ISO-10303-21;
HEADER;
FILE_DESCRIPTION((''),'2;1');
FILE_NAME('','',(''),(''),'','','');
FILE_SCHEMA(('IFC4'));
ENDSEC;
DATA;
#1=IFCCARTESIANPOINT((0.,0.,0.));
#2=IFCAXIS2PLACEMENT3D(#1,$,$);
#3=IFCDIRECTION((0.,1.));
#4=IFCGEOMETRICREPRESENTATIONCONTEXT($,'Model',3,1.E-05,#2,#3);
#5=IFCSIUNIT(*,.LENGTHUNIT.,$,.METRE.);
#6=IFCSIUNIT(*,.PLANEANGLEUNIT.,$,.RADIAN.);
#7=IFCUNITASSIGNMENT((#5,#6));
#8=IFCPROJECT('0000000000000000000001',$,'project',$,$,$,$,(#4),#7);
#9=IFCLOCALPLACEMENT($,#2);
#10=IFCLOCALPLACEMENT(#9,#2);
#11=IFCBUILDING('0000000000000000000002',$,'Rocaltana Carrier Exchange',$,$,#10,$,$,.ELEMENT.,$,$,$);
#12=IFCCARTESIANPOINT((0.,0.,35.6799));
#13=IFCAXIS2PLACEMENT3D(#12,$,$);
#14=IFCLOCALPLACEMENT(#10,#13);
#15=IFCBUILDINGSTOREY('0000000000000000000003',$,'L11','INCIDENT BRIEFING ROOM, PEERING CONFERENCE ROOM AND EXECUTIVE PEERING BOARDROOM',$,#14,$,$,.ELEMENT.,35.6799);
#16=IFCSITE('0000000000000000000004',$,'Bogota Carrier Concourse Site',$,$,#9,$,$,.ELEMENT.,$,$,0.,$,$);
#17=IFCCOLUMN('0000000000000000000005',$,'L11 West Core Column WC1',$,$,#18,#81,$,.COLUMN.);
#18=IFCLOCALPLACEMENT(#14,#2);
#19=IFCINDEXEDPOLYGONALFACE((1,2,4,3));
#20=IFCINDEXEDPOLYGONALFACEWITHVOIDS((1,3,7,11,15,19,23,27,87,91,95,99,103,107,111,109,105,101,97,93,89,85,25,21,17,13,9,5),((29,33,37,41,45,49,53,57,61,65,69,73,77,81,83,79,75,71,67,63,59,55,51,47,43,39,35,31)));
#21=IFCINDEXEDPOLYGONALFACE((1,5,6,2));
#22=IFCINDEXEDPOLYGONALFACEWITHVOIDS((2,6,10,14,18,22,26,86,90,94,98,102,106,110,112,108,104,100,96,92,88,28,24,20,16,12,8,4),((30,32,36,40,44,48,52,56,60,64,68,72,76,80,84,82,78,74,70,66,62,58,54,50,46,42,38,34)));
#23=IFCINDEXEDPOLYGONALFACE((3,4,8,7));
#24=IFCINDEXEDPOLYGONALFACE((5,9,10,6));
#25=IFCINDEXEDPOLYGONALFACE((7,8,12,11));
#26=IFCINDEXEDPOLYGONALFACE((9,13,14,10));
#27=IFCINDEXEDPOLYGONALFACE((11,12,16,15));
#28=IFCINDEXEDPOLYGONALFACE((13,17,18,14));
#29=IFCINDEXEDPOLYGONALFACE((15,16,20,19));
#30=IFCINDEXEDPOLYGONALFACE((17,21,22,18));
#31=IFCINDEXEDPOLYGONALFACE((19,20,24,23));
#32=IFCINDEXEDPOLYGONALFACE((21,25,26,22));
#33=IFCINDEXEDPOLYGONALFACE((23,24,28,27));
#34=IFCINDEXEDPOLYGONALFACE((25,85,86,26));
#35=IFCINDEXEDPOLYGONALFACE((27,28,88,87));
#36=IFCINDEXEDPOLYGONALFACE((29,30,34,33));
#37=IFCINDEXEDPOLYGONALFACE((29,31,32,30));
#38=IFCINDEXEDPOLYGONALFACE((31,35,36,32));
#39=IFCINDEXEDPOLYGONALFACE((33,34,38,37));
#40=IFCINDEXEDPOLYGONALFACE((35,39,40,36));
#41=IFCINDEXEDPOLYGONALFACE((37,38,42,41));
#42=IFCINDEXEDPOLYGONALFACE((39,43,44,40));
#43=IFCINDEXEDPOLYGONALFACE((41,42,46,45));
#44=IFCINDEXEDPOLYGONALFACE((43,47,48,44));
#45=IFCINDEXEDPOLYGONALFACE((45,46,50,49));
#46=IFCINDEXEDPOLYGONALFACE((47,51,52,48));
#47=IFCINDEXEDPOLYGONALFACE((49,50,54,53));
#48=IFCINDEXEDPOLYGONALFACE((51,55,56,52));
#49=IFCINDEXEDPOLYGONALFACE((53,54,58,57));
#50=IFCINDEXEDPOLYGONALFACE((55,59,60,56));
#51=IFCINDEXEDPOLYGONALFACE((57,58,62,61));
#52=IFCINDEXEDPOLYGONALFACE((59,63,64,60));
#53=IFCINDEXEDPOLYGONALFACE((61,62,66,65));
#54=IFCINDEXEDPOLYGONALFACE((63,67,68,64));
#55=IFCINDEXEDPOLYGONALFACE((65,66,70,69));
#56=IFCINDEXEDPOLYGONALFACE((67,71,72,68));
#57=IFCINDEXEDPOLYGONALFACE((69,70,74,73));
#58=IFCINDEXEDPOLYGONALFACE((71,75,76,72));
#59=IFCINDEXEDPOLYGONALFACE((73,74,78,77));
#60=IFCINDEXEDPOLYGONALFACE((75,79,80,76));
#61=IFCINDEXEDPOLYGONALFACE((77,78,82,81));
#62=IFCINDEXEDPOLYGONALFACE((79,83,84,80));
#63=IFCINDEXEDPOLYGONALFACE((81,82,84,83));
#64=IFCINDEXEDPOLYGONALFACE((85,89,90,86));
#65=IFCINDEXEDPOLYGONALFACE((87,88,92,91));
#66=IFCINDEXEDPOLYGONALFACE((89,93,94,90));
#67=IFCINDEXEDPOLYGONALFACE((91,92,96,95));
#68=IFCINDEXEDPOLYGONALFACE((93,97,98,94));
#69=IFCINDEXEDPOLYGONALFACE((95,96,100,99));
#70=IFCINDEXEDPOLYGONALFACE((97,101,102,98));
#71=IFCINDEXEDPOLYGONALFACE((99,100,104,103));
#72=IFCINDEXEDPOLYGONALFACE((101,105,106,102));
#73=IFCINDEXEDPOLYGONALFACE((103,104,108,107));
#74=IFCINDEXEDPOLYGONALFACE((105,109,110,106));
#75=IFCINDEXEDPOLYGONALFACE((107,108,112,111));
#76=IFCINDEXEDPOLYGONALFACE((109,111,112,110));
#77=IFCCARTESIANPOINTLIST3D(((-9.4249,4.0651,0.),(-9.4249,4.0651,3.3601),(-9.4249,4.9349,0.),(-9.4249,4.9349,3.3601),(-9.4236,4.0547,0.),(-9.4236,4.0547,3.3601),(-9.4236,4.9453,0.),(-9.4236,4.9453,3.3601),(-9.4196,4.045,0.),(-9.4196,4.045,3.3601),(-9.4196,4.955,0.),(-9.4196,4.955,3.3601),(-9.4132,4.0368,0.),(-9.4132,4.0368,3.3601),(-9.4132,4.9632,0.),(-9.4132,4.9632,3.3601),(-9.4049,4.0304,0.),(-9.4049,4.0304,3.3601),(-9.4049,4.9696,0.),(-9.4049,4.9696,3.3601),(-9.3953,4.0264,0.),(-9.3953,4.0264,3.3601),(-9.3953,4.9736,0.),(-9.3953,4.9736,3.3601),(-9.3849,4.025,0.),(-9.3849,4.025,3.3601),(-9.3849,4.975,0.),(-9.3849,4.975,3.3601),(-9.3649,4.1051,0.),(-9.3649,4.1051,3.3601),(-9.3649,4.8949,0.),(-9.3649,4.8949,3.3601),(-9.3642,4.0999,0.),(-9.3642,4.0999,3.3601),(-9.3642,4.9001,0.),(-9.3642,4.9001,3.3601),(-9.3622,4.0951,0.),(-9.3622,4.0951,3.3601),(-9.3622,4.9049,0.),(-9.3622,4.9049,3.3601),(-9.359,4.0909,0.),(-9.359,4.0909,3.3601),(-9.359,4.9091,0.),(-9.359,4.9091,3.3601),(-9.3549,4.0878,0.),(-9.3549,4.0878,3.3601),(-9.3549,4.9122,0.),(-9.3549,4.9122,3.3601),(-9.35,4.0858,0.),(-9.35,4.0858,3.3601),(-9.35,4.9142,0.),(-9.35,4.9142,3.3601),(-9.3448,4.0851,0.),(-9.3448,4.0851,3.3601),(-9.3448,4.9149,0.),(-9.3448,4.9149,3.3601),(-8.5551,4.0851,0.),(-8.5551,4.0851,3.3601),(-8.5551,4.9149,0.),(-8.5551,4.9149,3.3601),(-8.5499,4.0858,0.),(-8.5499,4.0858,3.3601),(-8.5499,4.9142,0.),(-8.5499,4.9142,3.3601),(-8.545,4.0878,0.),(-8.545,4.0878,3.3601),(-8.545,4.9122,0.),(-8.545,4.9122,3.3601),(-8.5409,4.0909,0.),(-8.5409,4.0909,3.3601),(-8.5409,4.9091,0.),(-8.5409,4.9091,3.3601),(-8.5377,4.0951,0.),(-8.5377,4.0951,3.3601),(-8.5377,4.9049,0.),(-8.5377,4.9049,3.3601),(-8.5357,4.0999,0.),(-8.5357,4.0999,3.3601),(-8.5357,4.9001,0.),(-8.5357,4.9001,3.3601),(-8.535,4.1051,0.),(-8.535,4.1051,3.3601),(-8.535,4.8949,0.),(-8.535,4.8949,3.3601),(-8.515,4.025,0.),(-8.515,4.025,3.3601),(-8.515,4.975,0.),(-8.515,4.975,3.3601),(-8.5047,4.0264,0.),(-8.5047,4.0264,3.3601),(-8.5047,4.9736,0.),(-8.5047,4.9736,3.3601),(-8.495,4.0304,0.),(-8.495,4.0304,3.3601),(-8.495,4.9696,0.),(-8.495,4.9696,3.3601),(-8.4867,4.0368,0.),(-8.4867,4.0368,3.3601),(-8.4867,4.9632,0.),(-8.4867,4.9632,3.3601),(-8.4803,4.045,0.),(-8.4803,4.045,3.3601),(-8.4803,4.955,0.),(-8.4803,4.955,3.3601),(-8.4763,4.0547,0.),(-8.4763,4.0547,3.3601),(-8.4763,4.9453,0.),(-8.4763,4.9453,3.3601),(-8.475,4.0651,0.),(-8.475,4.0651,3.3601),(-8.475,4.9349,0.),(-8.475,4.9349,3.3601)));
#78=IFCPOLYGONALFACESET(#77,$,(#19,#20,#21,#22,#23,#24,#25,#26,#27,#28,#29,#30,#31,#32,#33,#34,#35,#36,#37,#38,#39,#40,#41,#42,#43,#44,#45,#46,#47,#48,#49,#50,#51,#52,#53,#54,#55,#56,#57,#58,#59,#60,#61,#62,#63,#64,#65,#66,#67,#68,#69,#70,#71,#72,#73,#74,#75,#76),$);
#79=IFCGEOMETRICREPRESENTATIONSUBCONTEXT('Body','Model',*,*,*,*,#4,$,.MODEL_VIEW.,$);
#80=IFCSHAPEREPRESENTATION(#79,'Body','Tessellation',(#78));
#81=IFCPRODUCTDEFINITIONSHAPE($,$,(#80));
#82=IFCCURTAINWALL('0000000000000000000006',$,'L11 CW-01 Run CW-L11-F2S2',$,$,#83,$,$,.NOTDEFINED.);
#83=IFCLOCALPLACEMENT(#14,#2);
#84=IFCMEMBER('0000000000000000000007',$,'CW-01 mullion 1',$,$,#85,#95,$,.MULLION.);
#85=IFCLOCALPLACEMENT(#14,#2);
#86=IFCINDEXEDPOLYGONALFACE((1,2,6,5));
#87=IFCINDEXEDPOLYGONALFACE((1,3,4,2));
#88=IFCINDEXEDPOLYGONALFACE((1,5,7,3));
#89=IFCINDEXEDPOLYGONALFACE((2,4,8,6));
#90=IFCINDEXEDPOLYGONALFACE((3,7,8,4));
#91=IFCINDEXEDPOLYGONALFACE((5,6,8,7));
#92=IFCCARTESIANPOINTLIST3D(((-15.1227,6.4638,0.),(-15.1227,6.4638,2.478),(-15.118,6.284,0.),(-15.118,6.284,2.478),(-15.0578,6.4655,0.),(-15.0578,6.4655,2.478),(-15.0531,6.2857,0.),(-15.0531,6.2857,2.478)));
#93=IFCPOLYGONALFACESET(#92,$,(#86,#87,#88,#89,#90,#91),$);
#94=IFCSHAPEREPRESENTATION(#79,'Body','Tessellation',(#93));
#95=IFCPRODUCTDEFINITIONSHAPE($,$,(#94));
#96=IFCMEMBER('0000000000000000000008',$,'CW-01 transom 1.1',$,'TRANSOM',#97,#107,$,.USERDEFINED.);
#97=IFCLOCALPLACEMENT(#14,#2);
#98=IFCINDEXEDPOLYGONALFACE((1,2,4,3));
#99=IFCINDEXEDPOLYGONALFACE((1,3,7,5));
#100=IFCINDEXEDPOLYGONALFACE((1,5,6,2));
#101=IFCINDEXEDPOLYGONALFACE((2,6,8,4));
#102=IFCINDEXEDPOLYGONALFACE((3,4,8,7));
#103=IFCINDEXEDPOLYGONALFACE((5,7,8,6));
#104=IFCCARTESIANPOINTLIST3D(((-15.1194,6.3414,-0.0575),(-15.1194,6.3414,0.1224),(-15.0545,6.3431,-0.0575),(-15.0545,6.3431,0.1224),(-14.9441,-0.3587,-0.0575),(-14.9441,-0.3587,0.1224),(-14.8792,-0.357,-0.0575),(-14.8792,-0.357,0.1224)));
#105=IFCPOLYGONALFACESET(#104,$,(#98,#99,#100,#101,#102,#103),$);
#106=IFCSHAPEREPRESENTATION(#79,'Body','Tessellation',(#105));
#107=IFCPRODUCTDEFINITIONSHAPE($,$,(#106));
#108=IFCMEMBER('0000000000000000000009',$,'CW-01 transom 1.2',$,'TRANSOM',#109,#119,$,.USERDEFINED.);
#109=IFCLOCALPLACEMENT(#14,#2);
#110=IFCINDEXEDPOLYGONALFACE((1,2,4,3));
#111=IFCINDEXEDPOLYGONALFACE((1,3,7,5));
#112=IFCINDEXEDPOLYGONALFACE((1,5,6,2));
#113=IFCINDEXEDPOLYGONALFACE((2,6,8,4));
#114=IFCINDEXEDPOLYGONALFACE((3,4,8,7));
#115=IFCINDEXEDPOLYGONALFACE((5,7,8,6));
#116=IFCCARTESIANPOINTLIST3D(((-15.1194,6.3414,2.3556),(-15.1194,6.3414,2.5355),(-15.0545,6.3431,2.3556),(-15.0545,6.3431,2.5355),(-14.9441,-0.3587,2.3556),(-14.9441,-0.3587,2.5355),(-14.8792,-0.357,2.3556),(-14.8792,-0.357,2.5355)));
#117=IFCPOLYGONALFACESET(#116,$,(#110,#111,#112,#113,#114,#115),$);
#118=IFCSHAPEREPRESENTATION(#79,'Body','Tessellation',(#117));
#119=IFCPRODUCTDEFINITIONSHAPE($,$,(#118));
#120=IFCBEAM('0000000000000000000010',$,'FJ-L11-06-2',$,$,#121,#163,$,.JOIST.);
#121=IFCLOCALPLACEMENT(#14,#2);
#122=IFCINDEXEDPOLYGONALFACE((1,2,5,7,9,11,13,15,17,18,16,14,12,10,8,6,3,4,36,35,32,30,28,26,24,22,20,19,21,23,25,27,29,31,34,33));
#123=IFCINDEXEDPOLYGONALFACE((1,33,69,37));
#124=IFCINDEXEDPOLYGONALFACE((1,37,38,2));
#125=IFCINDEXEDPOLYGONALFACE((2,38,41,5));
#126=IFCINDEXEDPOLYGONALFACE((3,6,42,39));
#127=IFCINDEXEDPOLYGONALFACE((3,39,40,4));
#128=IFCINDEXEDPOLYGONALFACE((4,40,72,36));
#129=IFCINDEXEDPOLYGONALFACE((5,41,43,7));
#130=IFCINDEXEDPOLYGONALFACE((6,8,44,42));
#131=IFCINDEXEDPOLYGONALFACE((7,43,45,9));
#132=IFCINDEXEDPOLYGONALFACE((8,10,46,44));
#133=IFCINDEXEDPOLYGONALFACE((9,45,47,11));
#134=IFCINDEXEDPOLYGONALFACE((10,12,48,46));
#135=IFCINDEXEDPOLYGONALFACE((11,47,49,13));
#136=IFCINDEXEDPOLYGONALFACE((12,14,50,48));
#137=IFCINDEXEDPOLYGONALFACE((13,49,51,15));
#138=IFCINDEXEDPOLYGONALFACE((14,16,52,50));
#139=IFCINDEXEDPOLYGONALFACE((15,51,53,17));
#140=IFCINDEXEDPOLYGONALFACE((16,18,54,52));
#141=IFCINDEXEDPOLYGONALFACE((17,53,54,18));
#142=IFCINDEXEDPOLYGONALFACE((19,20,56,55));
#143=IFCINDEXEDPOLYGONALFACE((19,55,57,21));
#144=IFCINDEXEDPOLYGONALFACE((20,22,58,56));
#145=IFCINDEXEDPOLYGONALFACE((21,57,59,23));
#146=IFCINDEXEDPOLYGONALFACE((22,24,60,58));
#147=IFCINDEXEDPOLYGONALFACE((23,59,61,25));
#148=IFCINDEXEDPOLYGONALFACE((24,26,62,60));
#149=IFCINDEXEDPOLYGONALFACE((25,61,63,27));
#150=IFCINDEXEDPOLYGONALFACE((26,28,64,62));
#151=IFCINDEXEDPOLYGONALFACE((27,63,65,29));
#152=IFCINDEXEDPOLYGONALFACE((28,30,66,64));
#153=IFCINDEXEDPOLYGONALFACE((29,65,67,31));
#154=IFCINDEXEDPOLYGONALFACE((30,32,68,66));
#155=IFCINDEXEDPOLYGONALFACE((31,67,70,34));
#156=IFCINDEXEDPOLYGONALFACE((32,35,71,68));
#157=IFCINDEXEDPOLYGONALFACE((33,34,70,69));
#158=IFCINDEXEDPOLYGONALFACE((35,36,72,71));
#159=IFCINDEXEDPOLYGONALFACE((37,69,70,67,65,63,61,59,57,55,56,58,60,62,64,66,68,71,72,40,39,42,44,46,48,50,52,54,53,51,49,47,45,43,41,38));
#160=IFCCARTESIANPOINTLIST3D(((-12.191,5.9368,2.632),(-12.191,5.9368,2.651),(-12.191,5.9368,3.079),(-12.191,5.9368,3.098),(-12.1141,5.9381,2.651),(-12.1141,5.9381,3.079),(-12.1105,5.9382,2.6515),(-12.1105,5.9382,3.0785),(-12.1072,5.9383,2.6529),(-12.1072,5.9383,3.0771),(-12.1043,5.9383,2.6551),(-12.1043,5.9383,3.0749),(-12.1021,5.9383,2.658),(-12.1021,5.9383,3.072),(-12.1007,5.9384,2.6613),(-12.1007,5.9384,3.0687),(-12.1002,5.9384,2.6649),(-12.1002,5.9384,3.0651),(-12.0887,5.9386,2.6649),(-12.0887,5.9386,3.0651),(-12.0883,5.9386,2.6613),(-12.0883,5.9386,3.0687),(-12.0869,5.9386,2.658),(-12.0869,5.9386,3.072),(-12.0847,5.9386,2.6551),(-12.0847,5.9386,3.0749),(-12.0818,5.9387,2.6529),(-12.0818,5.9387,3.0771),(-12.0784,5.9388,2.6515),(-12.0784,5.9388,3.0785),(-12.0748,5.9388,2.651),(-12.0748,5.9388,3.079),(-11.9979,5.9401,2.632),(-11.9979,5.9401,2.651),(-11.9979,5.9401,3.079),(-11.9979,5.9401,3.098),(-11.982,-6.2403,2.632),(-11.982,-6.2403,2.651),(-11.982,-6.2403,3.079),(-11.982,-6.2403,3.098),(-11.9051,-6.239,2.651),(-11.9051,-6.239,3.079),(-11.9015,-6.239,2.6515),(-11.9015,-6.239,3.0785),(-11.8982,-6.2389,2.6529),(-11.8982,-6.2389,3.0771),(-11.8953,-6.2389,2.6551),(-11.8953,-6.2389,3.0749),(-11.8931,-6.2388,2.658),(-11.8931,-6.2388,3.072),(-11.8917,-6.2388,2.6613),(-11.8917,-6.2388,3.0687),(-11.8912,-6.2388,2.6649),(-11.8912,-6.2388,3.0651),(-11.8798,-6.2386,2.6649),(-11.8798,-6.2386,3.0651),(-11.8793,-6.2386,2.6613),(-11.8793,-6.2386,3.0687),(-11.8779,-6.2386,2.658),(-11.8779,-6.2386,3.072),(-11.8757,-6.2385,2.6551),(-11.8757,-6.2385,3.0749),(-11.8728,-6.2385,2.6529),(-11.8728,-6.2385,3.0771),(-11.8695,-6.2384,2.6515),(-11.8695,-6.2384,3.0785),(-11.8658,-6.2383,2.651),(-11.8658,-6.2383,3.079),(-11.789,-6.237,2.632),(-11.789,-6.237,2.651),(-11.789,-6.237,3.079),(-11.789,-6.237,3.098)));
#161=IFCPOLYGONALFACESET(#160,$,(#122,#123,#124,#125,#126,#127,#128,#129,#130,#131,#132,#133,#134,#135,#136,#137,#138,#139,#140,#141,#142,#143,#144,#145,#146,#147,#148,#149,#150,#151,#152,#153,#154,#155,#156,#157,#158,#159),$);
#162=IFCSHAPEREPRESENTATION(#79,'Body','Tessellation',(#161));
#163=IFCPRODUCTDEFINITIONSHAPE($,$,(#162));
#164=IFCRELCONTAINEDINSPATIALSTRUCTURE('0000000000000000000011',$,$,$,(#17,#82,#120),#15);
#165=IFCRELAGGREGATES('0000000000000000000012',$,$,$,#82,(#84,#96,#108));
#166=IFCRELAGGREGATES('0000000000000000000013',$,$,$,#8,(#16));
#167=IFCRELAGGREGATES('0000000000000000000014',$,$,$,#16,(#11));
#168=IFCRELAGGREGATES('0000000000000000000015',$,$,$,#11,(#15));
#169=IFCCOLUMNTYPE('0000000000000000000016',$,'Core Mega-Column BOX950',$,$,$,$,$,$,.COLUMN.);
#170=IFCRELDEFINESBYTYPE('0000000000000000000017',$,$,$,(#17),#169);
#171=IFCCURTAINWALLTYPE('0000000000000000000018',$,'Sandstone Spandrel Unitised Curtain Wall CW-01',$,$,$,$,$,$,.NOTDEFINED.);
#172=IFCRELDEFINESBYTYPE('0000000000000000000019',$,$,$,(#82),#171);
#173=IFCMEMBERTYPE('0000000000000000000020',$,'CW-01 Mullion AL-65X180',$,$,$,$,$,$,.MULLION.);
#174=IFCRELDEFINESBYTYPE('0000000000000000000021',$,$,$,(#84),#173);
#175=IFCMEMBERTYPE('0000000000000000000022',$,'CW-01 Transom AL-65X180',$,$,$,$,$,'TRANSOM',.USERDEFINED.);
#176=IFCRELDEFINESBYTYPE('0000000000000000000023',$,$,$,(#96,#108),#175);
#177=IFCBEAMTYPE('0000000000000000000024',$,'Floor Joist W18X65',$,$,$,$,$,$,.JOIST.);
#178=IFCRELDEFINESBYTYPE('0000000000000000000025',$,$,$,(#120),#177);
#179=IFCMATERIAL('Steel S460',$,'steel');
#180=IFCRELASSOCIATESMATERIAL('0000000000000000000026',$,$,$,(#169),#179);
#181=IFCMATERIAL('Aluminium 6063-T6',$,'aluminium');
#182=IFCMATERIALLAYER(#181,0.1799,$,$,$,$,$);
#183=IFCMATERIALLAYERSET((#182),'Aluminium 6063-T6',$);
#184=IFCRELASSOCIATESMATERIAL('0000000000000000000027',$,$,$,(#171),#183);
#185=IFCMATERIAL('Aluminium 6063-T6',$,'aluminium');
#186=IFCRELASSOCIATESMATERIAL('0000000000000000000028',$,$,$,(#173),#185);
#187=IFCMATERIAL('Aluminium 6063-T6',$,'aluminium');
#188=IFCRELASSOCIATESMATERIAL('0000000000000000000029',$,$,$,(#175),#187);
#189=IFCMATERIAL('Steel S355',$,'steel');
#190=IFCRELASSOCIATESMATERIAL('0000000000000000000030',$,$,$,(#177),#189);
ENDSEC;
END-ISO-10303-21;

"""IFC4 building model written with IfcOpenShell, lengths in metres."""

from ifc_helpers import new_model, si_unit, direction, frame, origin, origin_2d, place, context, subcontext, project, spatial, rectangle, hollow_rectangle, i_section, extrude, material, layer, layer_set, material_profile, profile_set, type_object, element, aggregate, save


model = new_model("IFC4")

# Units and contexts
model_context = context("Model", 3, precision=1e-05, world=origin(), true_north=direction((0.0, 1.0)))
body_context = subcontext(model_context, "Body", "Model", "MODEL_VIEW")
ifc_project = project(units=[si_unit("LENGTHUNIT", "METRE"), si_unit("PLANEANGLEUNIT", "RADIAN")], contexts=[model_context])

# Site, building, storey
site_placement = place(None, origin())
site = spatial("IfcSite", under=ifc_project, at=site_placement, Name="Bogota Carrier Concourse Site", CompositionType="ELEMENT", RefElevation=0.0)
building_placement = place(site_placement, origin())
building = spatial("IfcBuilding", under=site, at=building_placement, Name="Rocaltana Carrier Exchange", CompositionType="ELEMENT")
storey_placement = place(building_placement, frame((0.0, 0.0, 35.6799)))
storey = spatial("IfcBuildingStorey", under=building, at=storey_placement, Name="L11", Description="INCIDENT BRIEFING ROOM, PEERING CONFERENCE ROOM AND EXECUTIVE PEERING BOARDROOM", CompositionType="ELEMENT", Elevation=35.6799)

# Column
ifc_material_1 = material(Name="Steel S460", Category="steel")
ifc_material_profile_1 = material_profile(ifc_material_1, hollow_rectangle(XDim=0.95, YDim=0.95, WallThickness=0.0601, InnerFilletRadius=0.02, OuterFilletRadius=0.04, at=origin_2d()), Name="BOX950X950X60")
ifc_profile_set_1 = profile_set([ifc_material_profile_1], Name="Steel S460")
column_type = type_object("IfcColumnType", Name="Core Mega-Column BOX950", PredefinedType="COLUMN", material=ifc_profile_set_1)
column_placement = place(storey_placement, frame((-8.95, 4.5, 0.0), z_axis=(0.0, 0.0, 1.0), x_axis=(1.0, 0.0, 0.0)))
element("IfcColumn", 1, at=column_placement, inside=storey, type_object=column_type, Name="L11 West Core Column WC1", PredefinedType="COLUMN", context=body_context, shape_type="SweptSolid", body=[
    extrude(hollow_rectangle(XDim=0.95, YDim=0.95, WallThickness=0.0601, InnerFilletRadius=0.02, OuterFilletRadius=0.04, at=origin_2d()), origin(), (0.0, 0.0, 1.0), 3.3601),
])

# Curtain wall, members
ifc_material_2 = material(Name="Aluminium 6063-T6", Category="aluminium")
ifc_layer_1 = layer(ifc_material_2, 0.1799)
ifc_layer_set_1 = layer_set([ifc_layer_1], Name="Aluminium 6063-T6")
curtain_wall_type = type_object("IfcCurtainWallType", Name="Sandstone Spandrel Unitised Curtain Wall CW-01", PredefinedType="NOTDEFINED", material=ifc_layer_set_1)
curtain_wall_placement = place(storey_placement, origin())
curtain_wall = element("IfcCurtainWall", 2, at=curtain_wall_placement, inside=storey, type_object=curtain_wall_type, Name="L11 CW-01 Run CW-L11-F2S2", PredefinedType="NOTDEFINED")
ifc_material_3 = material(Name="Aluminium 6063-T6", Category="aluminium")
ifc_material_profile_2 = material_profile(ifc_material_3, rectangle(XDim=0.0649, YDim=0.1799, at=origin_2d()), Name="AL-65X180")
ifc_profile_set_2 = profile_set([ifc_material_profile_2], Name="Aluminium 6063-T6")
member_type_1 = type_object("IfcMemberType", Name="CW-01 Mullion AL-65X180", PredefinedType="MULLION", material=ifc_profile_set_2)
member_1_placement = place(storey_placement, frame((-15.0879, 6.3748, 0.0), z_axis=(0.0, 0.0, 1.0), x_axis=(0.999657, 0.026177, 0.0)))
member_1 = element("IfcMember", 3, at=member_1_placement, type_object=member_type_1, Name="CW-01 mullion 1", PredefinedType="MULLION", context=body_context, shape_type="SweptSolid", body=[
    extrude(rectangle(XDim=0.0649, YDim=0.1799, at=origin_2d()), origin(), (0.0, 0.0, 1.0), 2.478),
])
ifc_material_4 = material(Name="Aluminium 6063-T6", Category="aluminium")
ifc_material_profile_3 = material_profile(ifc_material_4, rectangle(XDim=0.0649, YDim=0.1799, at=origin_2d()), Name="AL-65X180")
ifc_profile_set_3 = profile_set([ifc_material_profile_3], Name="Aluminium 6063-T6")
member_type_2 = type_object("IfcMemberType", Name="CW-01 Transom AL-65X180", ElementType="TRANSOM", PredefinedType="USERDEFINED", material=ifc_profile_set_3)
member_2_placement = place(storey_placement, frame((-15.0869, 6.3423, 0.0325), z_axis=(0.026153, -0.999658, 0.0), x_axis=(0.999658, 0.026153, 0.0)))
member_2 = element("IfcMember", 4, at=member_2_placement, type_object=member_type_2, Name="CW-01 transom 1.1", ObjectType="TRANSOM", PredefinedType="USERDEFINED", context=body_context, shape_type="SweptSolid", body=[
    extrude(rectangle(XDim=0.0649, YDim=0.1799, at=origin_2d()), origin(), (0.0, 0.0, 1.0), 6.7024),
])
member_3_placement = place(storey_placement, frame((-15.0869, 6.3423, 2.4456), z_axis=(0.026153, -0.999658, 0.0), x_axis=(0.999658, 0.026153, 0.0)))
member_3 = element("IfcMember", 5, at=member_3_placement, type_object=member_type_2, Name="CW-01 transom 1.2", ObjectType="TRANSOM", PredefinedType="USERDEFINED", context=body_context, shape_type="SweptSolid", body=[
    extrude(rectangle(XDim=0.0649, YDim=0.1799, at=origin_2d()), origin(), (0.0, 0.0, 1.0), 6.7024),
])

# Beam
ifc_material_5 = material(Name="Steel S355", Category="steel")
ifc_material_profile_4 = material_profile(ifc_material_5, i_section(OverallWidth=0.1931, OverallDepth=0.4661, WebThickness=0.0115, FlangeThickness=0.019, FilletRadius=0.0139, at=origin_2d()), Name="W18X65")
ifc_profile_set_4 = profile_set([ifc_material_profile_4], Name="Steel S355")
beam_type_1 = type_object("IfcBeamType", Name="Floor Joist W18X65", PredefinedType="JOIST", material=ifc_profile_set_4)
beam_1_placement = place(storey_placement, frame((-12.0945, 5.9385, 2.865), z_axis=(0.017159, -0.999853, 0.0), x_axis=(0.999853, 0.017159, 0.0)))
element("IfcBeam", 6, at=beam_1_placement, inside=storey, type_object=beam_type_1, Name="FJ-L11-06-2", PredefinedType="JOIST", context=body_context, shape_type="SweptSolid", body=[
    extrude(i_section(OverallWidth=0.1931, OverallDepth=0.4661, WebThickness=0.0115, FlangeThickness=0.019, FilletRadius=0.0139, at=origin_2d()), origin(), (0.0, 0.0, 1.0), 12.179),
])

aggregate(curtain_wall, [member_1, member_2, member_3])

save(model, "model.ifc")
